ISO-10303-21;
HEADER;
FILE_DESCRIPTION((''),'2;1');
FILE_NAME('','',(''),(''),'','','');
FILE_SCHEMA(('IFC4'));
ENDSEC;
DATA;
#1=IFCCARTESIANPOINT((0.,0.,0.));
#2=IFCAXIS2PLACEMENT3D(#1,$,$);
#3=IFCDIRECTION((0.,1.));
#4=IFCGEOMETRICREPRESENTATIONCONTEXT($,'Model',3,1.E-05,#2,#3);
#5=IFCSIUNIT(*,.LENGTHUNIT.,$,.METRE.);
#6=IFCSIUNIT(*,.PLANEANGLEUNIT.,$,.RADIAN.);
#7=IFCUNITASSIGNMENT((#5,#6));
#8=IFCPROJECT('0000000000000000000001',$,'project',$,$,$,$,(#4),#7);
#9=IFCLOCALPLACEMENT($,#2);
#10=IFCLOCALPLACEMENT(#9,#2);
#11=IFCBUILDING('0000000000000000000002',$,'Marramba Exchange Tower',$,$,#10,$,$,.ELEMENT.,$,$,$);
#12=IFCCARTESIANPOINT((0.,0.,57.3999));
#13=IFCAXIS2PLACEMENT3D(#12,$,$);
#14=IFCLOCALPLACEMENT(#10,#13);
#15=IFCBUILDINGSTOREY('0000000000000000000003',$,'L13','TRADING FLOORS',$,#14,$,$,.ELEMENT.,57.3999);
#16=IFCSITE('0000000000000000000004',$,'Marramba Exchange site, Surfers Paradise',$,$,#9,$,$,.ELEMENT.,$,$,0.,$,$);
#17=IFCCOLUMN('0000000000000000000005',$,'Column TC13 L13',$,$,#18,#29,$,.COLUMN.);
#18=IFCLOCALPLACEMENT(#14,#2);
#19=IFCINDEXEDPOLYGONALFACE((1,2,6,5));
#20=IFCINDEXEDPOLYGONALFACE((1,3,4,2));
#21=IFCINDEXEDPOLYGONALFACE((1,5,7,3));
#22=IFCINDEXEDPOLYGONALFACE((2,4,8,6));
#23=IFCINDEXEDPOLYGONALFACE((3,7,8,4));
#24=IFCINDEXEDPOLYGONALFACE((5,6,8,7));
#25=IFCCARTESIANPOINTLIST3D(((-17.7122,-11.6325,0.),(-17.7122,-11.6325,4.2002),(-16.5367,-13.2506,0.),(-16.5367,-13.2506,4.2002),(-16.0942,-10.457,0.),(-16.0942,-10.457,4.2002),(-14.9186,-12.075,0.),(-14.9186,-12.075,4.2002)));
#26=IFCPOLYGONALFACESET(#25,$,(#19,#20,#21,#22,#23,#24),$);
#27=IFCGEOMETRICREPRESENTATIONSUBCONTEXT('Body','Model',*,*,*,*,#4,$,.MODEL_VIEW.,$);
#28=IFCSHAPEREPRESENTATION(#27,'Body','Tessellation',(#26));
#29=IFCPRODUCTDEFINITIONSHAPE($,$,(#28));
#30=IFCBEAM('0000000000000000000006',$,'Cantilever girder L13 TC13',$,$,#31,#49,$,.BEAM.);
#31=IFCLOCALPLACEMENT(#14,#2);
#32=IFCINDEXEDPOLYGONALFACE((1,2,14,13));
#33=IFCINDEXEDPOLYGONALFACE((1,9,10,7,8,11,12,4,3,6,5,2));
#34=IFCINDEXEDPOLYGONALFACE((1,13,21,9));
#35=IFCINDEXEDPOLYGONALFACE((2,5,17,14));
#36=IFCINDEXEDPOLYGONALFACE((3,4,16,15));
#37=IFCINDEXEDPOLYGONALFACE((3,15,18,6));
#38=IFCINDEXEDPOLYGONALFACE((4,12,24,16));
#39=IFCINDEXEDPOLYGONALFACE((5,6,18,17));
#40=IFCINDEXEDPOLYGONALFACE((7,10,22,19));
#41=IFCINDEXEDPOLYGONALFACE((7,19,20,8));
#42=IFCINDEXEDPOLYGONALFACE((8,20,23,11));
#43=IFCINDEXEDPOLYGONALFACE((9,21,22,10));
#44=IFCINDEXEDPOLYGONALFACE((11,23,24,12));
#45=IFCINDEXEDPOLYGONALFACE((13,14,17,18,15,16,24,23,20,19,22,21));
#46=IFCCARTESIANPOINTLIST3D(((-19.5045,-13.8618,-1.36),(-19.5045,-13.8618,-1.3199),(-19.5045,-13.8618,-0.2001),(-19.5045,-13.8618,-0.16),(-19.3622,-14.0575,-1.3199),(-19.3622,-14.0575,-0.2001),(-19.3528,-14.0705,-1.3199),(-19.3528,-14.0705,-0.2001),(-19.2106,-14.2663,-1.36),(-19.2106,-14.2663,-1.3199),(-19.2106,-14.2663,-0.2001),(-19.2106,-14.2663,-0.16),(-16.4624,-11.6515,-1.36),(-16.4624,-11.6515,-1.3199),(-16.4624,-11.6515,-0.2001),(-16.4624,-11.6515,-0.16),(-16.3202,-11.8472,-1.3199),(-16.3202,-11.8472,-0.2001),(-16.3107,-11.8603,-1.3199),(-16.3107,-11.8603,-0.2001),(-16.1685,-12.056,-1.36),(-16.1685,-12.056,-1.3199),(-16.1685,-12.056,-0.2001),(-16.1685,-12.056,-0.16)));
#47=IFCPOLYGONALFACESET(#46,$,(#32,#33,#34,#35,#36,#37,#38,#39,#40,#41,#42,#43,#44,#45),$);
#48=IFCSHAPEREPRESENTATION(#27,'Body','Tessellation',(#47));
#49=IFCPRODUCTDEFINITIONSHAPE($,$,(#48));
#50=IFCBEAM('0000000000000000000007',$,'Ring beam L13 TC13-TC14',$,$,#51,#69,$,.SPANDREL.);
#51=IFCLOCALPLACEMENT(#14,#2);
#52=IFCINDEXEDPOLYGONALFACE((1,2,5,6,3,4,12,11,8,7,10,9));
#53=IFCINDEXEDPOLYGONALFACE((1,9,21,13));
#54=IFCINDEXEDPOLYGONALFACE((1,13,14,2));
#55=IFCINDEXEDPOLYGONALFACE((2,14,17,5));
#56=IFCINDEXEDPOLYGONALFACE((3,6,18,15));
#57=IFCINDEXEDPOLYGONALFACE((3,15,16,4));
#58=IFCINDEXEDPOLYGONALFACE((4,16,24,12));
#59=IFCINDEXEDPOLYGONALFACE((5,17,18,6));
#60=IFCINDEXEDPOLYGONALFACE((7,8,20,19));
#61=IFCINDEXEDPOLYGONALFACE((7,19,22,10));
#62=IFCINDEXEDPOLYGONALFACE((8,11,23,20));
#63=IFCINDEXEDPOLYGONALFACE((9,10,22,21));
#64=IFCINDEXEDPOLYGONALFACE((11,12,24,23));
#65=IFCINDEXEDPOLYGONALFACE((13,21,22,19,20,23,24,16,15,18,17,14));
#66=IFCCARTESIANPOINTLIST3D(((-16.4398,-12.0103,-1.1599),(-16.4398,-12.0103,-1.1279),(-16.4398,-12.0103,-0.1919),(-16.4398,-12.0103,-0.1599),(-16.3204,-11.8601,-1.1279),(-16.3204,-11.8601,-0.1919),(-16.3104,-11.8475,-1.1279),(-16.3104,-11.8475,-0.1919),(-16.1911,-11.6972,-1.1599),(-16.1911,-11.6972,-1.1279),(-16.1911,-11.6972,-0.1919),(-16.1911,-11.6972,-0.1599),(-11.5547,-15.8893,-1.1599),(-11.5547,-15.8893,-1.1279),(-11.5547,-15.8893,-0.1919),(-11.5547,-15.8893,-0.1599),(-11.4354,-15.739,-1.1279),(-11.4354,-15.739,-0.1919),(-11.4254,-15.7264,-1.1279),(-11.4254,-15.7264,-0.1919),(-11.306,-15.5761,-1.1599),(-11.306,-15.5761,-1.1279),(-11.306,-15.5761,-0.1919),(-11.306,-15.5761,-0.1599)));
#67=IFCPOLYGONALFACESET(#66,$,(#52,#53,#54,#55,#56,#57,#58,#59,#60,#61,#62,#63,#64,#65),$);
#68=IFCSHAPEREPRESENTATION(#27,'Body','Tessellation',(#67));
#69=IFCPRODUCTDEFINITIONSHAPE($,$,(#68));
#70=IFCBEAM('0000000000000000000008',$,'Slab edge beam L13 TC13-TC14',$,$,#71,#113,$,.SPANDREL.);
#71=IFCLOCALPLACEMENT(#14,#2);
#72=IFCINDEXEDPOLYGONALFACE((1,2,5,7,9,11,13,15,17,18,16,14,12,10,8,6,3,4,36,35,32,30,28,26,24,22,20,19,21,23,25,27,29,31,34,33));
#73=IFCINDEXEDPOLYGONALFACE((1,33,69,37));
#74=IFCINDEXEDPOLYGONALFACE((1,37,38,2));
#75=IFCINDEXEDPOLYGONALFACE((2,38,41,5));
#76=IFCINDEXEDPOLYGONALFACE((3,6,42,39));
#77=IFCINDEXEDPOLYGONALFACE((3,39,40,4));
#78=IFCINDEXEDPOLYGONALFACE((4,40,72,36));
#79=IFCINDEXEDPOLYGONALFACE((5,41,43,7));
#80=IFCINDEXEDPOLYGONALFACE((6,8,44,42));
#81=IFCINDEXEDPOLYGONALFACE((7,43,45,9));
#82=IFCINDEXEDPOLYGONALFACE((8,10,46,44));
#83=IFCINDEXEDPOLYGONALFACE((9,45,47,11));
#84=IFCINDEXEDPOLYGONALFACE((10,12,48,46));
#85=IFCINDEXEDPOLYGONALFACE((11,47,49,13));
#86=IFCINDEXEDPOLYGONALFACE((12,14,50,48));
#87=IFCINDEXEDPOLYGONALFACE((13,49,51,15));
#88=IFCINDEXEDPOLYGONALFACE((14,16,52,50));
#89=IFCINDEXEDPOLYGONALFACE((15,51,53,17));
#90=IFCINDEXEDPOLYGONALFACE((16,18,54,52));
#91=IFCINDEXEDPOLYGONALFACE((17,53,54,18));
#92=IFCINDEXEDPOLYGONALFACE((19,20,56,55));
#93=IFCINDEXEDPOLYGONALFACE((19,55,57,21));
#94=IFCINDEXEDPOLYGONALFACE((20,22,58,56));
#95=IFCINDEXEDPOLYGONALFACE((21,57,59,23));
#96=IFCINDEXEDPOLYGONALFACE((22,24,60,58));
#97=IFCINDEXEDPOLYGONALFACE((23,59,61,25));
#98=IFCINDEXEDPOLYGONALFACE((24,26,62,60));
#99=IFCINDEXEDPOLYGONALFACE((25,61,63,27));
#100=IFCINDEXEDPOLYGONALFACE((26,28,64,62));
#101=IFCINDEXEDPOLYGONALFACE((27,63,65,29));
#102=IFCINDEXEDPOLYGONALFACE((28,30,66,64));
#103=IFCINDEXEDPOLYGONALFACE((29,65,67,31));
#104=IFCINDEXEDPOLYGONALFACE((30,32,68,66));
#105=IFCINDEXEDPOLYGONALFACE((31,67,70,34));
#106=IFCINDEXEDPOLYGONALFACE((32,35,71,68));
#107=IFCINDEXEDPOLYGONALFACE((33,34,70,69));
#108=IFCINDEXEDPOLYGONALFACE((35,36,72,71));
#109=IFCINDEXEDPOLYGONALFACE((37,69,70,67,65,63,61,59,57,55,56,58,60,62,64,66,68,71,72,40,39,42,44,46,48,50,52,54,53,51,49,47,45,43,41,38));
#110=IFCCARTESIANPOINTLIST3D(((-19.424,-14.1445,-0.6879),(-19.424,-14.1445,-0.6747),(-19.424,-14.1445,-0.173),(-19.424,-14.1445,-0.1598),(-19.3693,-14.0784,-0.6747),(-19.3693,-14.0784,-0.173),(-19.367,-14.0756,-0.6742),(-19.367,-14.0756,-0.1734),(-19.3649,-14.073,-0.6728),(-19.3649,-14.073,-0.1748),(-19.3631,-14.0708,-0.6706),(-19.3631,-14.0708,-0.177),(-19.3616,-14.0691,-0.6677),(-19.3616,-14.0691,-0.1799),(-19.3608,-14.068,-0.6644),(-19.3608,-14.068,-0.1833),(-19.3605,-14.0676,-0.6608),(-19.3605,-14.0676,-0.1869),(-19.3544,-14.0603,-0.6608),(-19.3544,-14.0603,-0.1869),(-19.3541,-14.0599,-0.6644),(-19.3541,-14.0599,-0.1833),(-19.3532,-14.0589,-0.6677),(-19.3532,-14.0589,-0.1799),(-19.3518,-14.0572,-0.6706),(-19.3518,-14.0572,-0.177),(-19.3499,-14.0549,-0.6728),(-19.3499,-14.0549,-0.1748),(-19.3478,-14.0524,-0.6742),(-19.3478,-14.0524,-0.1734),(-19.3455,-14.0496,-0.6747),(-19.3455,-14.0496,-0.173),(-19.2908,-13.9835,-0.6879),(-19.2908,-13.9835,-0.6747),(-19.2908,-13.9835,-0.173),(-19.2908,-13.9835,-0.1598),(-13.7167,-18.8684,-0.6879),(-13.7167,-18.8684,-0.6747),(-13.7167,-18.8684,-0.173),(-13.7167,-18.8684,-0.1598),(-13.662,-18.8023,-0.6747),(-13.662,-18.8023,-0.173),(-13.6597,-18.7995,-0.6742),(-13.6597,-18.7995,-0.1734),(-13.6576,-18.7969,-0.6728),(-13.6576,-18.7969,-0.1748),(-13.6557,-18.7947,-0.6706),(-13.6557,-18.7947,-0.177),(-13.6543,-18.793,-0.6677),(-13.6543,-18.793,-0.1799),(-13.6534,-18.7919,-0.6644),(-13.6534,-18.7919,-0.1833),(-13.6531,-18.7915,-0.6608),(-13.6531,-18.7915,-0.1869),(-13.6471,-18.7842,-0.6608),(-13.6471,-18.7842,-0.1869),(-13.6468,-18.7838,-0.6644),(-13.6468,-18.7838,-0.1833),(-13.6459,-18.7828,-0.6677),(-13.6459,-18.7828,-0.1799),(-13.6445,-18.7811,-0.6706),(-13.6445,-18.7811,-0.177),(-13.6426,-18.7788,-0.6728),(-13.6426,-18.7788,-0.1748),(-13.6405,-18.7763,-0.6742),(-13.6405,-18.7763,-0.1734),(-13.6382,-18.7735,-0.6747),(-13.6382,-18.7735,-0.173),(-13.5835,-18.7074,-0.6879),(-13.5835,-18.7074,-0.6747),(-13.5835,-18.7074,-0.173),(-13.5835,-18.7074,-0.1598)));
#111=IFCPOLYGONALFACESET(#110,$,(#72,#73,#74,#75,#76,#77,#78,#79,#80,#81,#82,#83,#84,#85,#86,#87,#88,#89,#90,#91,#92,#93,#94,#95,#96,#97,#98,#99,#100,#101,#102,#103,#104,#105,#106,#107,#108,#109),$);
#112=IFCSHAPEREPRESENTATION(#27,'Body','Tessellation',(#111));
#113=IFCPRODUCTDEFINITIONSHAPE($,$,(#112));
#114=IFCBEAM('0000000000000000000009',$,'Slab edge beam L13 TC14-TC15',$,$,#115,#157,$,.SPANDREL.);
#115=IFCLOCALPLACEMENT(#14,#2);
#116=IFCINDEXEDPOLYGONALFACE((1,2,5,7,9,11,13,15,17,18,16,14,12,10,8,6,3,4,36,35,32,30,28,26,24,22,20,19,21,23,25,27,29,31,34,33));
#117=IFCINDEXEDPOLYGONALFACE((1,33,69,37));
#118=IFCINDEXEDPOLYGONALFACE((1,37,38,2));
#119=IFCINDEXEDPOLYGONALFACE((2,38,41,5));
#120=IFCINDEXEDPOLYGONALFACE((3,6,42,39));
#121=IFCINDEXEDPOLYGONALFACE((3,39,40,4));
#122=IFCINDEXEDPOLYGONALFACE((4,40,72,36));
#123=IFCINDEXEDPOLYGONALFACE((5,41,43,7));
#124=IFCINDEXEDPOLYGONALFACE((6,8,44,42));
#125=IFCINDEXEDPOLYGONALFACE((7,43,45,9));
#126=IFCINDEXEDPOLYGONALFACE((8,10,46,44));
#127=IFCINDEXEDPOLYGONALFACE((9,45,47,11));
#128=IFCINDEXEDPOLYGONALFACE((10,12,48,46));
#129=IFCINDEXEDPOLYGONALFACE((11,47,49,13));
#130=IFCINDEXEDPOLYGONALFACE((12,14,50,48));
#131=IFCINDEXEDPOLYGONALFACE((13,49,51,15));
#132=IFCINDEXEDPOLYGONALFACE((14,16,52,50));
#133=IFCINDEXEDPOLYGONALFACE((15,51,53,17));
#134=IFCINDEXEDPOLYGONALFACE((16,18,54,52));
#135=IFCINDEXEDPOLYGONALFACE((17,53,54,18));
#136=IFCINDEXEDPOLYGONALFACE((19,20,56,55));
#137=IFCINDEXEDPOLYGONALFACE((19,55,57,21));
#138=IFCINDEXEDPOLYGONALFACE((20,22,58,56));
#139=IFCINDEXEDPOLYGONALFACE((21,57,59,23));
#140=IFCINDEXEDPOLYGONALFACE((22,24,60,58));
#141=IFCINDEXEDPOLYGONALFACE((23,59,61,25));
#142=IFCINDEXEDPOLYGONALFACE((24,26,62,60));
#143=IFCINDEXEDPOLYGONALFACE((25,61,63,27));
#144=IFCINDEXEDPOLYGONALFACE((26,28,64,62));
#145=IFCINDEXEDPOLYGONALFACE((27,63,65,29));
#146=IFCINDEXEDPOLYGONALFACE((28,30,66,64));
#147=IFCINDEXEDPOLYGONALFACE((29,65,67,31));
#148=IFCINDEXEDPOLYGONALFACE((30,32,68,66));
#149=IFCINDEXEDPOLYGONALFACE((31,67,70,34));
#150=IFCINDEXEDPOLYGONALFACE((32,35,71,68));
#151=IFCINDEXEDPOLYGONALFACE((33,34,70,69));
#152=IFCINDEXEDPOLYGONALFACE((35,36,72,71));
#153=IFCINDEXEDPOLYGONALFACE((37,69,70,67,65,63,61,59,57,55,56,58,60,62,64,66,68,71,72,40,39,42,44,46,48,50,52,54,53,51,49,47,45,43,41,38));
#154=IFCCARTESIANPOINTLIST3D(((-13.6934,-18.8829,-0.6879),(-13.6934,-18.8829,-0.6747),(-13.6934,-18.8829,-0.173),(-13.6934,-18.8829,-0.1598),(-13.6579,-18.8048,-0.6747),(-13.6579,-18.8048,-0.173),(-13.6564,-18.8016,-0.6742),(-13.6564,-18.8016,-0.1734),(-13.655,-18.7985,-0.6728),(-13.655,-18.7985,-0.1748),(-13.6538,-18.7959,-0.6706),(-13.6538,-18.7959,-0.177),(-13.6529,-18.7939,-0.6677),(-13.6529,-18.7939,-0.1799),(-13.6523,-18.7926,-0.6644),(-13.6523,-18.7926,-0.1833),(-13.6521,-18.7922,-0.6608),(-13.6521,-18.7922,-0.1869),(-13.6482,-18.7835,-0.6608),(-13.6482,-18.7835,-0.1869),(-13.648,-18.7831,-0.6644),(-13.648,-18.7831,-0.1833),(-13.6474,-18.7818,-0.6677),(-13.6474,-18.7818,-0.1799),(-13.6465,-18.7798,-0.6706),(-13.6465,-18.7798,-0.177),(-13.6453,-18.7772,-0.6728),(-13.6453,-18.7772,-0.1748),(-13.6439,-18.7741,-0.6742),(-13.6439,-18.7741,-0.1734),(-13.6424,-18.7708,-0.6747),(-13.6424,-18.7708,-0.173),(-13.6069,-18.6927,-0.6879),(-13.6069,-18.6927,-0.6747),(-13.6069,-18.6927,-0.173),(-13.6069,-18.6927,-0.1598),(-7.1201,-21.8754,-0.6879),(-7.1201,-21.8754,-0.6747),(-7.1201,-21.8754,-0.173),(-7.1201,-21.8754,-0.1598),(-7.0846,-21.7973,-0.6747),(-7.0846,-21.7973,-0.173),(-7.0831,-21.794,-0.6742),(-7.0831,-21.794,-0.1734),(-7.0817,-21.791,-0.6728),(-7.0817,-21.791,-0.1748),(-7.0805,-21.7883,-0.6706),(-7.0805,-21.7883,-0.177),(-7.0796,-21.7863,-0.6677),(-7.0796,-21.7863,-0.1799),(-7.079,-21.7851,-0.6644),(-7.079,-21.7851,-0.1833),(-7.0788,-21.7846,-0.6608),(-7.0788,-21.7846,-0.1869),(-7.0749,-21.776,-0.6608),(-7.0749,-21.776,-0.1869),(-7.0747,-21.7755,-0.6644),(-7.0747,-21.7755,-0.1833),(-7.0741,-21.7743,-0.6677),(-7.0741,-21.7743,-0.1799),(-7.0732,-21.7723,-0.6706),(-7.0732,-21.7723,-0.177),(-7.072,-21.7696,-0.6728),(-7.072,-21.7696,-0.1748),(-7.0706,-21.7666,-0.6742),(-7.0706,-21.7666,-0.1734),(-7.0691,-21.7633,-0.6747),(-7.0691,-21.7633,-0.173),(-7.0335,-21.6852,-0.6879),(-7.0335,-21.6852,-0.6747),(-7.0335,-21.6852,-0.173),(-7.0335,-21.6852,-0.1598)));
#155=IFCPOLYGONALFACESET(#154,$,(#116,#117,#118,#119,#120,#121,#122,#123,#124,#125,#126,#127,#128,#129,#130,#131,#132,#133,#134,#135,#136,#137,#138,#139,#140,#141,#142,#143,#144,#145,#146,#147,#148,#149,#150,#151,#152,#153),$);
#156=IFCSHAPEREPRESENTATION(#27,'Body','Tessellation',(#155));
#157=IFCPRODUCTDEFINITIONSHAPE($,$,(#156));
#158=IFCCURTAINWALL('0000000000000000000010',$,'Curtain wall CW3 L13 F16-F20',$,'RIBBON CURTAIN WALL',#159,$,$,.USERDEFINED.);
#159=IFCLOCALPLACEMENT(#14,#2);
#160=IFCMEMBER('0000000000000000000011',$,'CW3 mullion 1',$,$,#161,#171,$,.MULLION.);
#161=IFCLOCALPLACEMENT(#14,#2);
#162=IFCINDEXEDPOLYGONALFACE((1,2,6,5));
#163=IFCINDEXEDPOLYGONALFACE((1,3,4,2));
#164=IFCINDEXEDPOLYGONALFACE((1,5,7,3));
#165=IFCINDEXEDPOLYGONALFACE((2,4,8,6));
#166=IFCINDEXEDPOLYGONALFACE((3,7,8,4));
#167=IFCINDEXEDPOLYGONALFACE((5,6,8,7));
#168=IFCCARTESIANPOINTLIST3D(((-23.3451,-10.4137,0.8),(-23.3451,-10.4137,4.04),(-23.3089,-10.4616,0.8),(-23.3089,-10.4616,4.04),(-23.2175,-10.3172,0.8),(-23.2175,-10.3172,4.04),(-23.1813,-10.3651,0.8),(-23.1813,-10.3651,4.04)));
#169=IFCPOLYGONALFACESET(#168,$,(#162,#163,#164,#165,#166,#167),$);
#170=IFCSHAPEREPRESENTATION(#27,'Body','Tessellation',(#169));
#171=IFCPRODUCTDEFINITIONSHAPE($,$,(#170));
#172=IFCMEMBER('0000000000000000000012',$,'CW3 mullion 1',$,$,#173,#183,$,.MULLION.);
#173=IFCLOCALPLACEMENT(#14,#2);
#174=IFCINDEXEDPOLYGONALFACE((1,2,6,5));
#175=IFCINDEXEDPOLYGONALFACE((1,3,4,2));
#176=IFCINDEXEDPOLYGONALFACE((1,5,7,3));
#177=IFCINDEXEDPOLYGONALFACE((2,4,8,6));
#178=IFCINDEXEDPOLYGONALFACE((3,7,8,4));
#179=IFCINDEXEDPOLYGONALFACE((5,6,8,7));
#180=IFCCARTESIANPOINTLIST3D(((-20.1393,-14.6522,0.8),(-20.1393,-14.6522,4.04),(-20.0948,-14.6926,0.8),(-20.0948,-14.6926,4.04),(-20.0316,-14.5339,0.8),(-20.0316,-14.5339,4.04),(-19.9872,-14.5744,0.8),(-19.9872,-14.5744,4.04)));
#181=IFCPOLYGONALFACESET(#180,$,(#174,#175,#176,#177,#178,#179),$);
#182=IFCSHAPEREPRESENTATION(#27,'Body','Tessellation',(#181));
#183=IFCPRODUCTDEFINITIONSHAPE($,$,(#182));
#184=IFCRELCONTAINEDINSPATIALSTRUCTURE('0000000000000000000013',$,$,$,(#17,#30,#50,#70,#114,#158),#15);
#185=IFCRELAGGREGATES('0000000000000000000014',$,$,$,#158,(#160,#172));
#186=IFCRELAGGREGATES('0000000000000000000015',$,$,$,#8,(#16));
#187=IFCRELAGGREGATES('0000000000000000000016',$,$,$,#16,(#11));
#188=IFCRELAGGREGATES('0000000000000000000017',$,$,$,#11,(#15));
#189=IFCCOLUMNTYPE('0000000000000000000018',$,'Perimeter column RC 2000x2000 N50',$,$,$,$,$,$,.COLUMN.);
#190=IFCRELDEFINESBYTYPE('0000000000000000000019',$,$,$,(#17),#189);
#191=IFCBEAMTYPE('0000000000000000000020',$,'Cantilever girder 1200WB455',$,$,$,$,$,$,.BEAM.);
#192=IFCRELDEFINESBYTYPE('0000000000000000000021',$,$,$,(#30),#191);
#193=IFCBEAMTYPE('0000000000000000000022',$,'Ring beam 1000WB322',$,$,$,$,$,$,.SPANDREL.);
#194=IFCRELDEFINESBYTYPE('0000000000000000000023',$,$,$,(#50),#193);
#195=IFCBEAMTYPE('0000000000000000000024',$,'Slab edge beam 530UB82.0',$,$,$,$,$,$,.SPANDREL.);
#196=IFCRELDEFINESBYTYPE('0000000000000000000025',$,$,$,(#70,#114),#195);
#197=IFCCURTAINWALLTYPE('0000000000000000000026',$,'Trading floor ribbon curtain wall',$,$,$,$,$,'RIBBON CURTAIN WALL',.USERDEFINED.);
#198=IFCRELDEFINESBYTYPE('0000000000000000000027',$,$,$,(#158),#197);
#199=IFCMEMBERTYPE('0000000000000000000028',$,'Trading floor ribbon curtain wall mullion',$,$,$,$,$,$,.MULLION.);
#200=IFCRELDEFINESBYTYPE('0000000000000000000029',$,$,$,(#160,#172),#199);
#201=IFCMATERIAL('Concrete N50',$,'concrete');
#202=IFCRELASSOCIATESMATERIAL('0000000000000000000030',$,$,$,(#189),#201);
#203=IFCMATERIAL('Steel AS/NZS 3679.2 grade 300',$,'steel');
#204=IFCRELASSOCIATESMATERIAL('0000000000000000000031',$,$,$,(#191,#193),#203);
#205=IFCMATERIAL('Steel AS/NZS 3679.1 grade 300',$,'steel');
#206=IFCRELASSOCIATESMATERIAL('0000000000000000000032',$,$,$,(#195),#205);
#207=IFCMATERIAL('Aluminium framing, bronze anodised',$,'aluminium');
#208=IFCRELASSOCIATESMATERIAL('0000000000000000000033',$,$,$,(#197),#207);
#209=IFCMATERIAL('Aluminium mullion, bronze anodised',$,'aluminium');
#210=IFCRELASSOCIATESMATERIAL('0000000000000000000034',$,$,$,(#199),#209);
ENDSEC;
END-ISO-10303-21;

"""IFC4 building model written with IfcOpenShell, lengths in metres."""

from ifc_helpers import new_model, si_unit, direction, frame, origin, origin_2d, place, context, subcontext, project, spatial, rectangle, i_section, extrude, material, material_profile, profile_set, type_object, element, aggregate, save


model = new_model("IFC4")

# Units and contexts
model_context = context("Model", 3, precision=1e-05, world=origin(), true_north=direction((0.0, 1.0)))
body_context = subcontext(model_context, "Body", "Model", "MODEL_VIEW")
ifc_project = project(units=[si_unit("LENGTHUNIT", "METRE"), si_unit("PLANEANGLEUNIT", "RADIAN")], contexts=[model_context])

# Site, building, storey
site_placement = place(None, origin())
site = spatial("IfcSite", under=ifc_project, at=site_placement, Name="Marramba Exchange site, Surfers Paradise", CompositionType="ELEMENT", RefElevation=0.0)
building_placement = place(site_placement, origin())
building = spatial("IfcBuilding", under=site, at=building_placement, Name="Marramba Exchange Tower", CompositionType="ELEMENT")
storey_placement = place(building_placement, frame((0.0, 0.0, 57.3999)))
storey = spatial("IfcBuildingStorey", under=building, at=storey_placement, Name="L13", Description="TRADING FLOORS", CompositionType="ELEMENT", Elevation=57.3999)

# Column
ifc_material_1 = material(Name="Concrete N50", Category="concrete")
ifc_material_profile_1 = material_profile(ifc_material_1, rectangle(XDim=2.0, YDim=2.0, at=origin_2d()), Name="RC 2000x2000")
ifc_profile_set_1 = profile_set([ifc_material_profile_1], Name="Concrete N50")
column_type = type_object("IfcColumnType", Name="Perimeter column RC 2000x2000 N50", PredefinedType="COLUMN", material=ifc_profile_set_1)
column_placement = place(storey_placement, frame((-16.3154, -11.8538, 0.0), z_axis=(0.0, 0.0, 1.0), x_axis=(-0.809017, -0.587785, 0.0)))
element("IfcColumn", 1, at=column_placement, inside=storey, type_object=column_type, Name="Column TC13 L13", PredefinedType="COLUMN", context=body_context, shape_type="SweptSolid", body=[
    extrude(rectangle(XDim=2.0, YDim=2.0, at=origin_2d()), origin(), (0.0, 0.0, 1.0), 4.2002),
])

# Beams
ifc_material_2 = material(Name="Steel AS/NZS 3679.2 grade 300", Category="steel")
ifc_material_profile_2 = material_profile(ifc_material_2, i_section(OverallWidth=0.5, OverallDepth=1.2, WebThickness=0.0161, FlangeThickness=0.04, at=origin_2d()), Name="1200WB455")
ifc_profile_set_2 = profile_set([ifc_material_profile_2], Name="Steel AS/NZS 3679.2 grade 300")
beam_type_1 = type_object("IfcBeamType", Name="Cantilever girder 1200WB455", PredefinedType="BEAM", material=ifc_profile_set_2)
beam_1_placement = place(storey_placement, frame((-16.3154, -11.8538, -0.76), z_axis=(-0.809008, -0.587797, 0.0), x_axis=(0.587797, -0.809008, 0.0)))
element("IfcBeam", 2, at=beam_1_placement, inside=storey, type_object=beam_type_1, Name="Cantilever girder L13 TC13", PredefinedType="BEAM", context=body_context, shape_type="SweptSolid", body=[
    extrude(i_section(OverallWidth=0.5, OverallDepth=1.2, WebThickness=0.0161, FlangeThickness=0.04, at=origin_2d()), origin(), (0.0, 0.0, 1.0), 3.7603),
])
ifc_material_profile_3 = material_profile(ifc_material_2, i_section(OverallWidth=0.3999, OverallDepth=1.0, WebThickness=0.0161, FlangeThickness=0.032, at=origin_2d()), Name="1000WB322")
ifc_profile_set_3 = profile_set([ifc_material_profile_3], Name="Steel AS/NZS 3679.2 grade 300")
beam_type_2 = type_object("IfcBeamType", Name="Ring beam 1000WB322", PredefinedType="SPANDREL", material=ifc_profile_set_3)
beam_2_placement = place(storey_placement, frame((-16.3154, -11.8538, -0.6599), z_axis=(0.783139, -0.621846, 0.0), x_axis=(0.621846, 0.783139, 0.0)))
element("IfcBeam", 3, at=beam_2_placement, inside=storey, type_object=beam_type_2, Name="Ring beam L13 TC13-TC14", PredefinedType="SPANDREL", context=body_context, shape_type="SweptSolid", body=[
    extrude(i_section(OverallWidth=0.3999, OverallDepth=1.0, WebThickness=0.0161, FlangeThickness=0.032, at=origin_2d()), origin(), (0.0, 0.0, 1.0), 6.2378),
])
ifc_material_3 = material(Name="Steel AS/NZS 3679.1 grade 300", Category="steel")
ifc_material_profile_4 = material_profile(ifc_material_3, i_section(OverallWidth=0.209, OverallDepth=0.5281, WebThickness=0.0095, FlangeThickness=0.0132, FilletRadius=0.0139, at=origin_2d()), Name="530UB82.0")
ifc_profile_set_4 = profile_set([ifc_material_profile_4], Name="Steel AS/NZS 3679.1 grade 300")
beam_type_3 = type_object("IfcBeamType", Name="Slab edge beam 530UB82.0", PredefinedType="SPANDREL", material=ifc_profile_set_4)
beam_3_placement = place(storey_placement, frame((-19.3574, -14.064, -0.4238), z_axis=(0.770354, -0.637617, 0.0), x_axis=(0.637617, 0.770354, 0.0)))
element("IfcBeam", 4, at=beam_3_placement, inside=storey, type_object=beam_type_3, Name="Slab edge beam L13 TC13-TC14", PredefinedType="SPANDREL", context=body_context, shape_type="SweptSolid", body=[
    extrude(i_section(OverallWidth=0.209, OverallDepth=0.5281, WebThickness=0.0095, FlangeThickness=0.0132, FilletRadius=0.0139, at=origin_2d()), origin(), (0.0, 0.0, 1.0), 7.4087),
])
beam_4_placement = place(storey_placement, frame((-13.6501, -18.7878, -0.4238), z_axis=(0.910127, -0.41433, 0.0), x_axis=(0.41433, 0.910127, 0.0)))
element("IfcBeam", 5, at=beam_4_placement, inside=storey, type_object=beam_type_3, Name="Slab edge beam L13 TC14-TC15", PredefinedType="SPANDREL", context=body_context, shape_type="SweptSolid", body=[
    extrude(i_section(OverallWidth=0.209, OverallDepth=0.5281, WebThickness=0.0095, FlangeThickness=0.0132, FilletRadius=0.0139, at=origin_2d()), origin(), (0.0, 0.0, 1.0), 7.2224),
])

# Curtain wall, members
ifc_material_4 = material(Name="Aluminium framing, bronze anodised", Category="aluminium")
curtain_wall_type = type_object("IfcCurtainWallType", Name="Trading floor ribbon curtain wall", ElementType="RIBBON CURTAIN WALL", PredefinedType="USERDEFINED", material=ifc_material_4)
curtain_wall_placement = place(storey_placement, origin())
curtain_wall = element("IfcCurtainWall", 6, at=curtain_wall_placement, inside=storey, type_object=curtain_wall_type, Name="Curtain wall CW3 L13 F16-F20", ObjectType="RIBBON CURTAIN WALL", PredefinedType="USERDEFINED")
ifc_material_5 = material(Name="Aluminium mullion, bronze anodised", Category="aluminium")
ifc_material_profile_5 = material_profile(ifc_material_5, rectangle(XDim=0.1599, YDim=0.0601, at=origin_2d()), Name="CW3 mullion 60x160")
ifc_profile_set_5 = profile_set([ifc_material_profile_5], Name="Aluminium mullion, bronze anodised")
member_type_1 = type_object("IfcMemberType", Name="Trading floor ribbon curtain wall mullion", PredefinedType="MULLION", material=ifc_profile_set_5)
member_1_placement = place(storey_placement, frame((-23.2632, -10.3894, 0.8), z_axis=(0.0, 0.0, 1.0), x_axis=(0.797711, 0.60304, 0.0)))
member_1 = element("IfcMember", 7, at=member_1_placement, type_object=member_type_1, Name="CW3 mullion 1", PredefinedType="MULLION", context=body_context, shape_type="SweptSolid", body=[
    extrude(rectangle(XDim=0.1599, YDim=0.0601, at=origin_2d()), origin(), (0.0, 0.0, 1.0), 3.24),
])
member_2_placement = place(storey_placement, frame((-20.0632, -14.6133, 0.8), z_axis=(0.0, 0.0, 1.0), x_axis=(0.673058, 0.73959, 0.0)))
member_2 = element("IfcMember", 8, at=member_2_placement, type_object=member_type_1, Name="CW3 mullion 1", PredefinedType="MULLION", context=body_context, shape_type="SweptSolid", body=[
    extrude(rectangle(XDim=0.1599, YDim=0.0601, at=origin_2d()), origin(), (0.0, 0.0, 1.0), 3.24),
])
aggregate(curtain_wall, [member_1, member_2])

save(model, "model.ifc")
